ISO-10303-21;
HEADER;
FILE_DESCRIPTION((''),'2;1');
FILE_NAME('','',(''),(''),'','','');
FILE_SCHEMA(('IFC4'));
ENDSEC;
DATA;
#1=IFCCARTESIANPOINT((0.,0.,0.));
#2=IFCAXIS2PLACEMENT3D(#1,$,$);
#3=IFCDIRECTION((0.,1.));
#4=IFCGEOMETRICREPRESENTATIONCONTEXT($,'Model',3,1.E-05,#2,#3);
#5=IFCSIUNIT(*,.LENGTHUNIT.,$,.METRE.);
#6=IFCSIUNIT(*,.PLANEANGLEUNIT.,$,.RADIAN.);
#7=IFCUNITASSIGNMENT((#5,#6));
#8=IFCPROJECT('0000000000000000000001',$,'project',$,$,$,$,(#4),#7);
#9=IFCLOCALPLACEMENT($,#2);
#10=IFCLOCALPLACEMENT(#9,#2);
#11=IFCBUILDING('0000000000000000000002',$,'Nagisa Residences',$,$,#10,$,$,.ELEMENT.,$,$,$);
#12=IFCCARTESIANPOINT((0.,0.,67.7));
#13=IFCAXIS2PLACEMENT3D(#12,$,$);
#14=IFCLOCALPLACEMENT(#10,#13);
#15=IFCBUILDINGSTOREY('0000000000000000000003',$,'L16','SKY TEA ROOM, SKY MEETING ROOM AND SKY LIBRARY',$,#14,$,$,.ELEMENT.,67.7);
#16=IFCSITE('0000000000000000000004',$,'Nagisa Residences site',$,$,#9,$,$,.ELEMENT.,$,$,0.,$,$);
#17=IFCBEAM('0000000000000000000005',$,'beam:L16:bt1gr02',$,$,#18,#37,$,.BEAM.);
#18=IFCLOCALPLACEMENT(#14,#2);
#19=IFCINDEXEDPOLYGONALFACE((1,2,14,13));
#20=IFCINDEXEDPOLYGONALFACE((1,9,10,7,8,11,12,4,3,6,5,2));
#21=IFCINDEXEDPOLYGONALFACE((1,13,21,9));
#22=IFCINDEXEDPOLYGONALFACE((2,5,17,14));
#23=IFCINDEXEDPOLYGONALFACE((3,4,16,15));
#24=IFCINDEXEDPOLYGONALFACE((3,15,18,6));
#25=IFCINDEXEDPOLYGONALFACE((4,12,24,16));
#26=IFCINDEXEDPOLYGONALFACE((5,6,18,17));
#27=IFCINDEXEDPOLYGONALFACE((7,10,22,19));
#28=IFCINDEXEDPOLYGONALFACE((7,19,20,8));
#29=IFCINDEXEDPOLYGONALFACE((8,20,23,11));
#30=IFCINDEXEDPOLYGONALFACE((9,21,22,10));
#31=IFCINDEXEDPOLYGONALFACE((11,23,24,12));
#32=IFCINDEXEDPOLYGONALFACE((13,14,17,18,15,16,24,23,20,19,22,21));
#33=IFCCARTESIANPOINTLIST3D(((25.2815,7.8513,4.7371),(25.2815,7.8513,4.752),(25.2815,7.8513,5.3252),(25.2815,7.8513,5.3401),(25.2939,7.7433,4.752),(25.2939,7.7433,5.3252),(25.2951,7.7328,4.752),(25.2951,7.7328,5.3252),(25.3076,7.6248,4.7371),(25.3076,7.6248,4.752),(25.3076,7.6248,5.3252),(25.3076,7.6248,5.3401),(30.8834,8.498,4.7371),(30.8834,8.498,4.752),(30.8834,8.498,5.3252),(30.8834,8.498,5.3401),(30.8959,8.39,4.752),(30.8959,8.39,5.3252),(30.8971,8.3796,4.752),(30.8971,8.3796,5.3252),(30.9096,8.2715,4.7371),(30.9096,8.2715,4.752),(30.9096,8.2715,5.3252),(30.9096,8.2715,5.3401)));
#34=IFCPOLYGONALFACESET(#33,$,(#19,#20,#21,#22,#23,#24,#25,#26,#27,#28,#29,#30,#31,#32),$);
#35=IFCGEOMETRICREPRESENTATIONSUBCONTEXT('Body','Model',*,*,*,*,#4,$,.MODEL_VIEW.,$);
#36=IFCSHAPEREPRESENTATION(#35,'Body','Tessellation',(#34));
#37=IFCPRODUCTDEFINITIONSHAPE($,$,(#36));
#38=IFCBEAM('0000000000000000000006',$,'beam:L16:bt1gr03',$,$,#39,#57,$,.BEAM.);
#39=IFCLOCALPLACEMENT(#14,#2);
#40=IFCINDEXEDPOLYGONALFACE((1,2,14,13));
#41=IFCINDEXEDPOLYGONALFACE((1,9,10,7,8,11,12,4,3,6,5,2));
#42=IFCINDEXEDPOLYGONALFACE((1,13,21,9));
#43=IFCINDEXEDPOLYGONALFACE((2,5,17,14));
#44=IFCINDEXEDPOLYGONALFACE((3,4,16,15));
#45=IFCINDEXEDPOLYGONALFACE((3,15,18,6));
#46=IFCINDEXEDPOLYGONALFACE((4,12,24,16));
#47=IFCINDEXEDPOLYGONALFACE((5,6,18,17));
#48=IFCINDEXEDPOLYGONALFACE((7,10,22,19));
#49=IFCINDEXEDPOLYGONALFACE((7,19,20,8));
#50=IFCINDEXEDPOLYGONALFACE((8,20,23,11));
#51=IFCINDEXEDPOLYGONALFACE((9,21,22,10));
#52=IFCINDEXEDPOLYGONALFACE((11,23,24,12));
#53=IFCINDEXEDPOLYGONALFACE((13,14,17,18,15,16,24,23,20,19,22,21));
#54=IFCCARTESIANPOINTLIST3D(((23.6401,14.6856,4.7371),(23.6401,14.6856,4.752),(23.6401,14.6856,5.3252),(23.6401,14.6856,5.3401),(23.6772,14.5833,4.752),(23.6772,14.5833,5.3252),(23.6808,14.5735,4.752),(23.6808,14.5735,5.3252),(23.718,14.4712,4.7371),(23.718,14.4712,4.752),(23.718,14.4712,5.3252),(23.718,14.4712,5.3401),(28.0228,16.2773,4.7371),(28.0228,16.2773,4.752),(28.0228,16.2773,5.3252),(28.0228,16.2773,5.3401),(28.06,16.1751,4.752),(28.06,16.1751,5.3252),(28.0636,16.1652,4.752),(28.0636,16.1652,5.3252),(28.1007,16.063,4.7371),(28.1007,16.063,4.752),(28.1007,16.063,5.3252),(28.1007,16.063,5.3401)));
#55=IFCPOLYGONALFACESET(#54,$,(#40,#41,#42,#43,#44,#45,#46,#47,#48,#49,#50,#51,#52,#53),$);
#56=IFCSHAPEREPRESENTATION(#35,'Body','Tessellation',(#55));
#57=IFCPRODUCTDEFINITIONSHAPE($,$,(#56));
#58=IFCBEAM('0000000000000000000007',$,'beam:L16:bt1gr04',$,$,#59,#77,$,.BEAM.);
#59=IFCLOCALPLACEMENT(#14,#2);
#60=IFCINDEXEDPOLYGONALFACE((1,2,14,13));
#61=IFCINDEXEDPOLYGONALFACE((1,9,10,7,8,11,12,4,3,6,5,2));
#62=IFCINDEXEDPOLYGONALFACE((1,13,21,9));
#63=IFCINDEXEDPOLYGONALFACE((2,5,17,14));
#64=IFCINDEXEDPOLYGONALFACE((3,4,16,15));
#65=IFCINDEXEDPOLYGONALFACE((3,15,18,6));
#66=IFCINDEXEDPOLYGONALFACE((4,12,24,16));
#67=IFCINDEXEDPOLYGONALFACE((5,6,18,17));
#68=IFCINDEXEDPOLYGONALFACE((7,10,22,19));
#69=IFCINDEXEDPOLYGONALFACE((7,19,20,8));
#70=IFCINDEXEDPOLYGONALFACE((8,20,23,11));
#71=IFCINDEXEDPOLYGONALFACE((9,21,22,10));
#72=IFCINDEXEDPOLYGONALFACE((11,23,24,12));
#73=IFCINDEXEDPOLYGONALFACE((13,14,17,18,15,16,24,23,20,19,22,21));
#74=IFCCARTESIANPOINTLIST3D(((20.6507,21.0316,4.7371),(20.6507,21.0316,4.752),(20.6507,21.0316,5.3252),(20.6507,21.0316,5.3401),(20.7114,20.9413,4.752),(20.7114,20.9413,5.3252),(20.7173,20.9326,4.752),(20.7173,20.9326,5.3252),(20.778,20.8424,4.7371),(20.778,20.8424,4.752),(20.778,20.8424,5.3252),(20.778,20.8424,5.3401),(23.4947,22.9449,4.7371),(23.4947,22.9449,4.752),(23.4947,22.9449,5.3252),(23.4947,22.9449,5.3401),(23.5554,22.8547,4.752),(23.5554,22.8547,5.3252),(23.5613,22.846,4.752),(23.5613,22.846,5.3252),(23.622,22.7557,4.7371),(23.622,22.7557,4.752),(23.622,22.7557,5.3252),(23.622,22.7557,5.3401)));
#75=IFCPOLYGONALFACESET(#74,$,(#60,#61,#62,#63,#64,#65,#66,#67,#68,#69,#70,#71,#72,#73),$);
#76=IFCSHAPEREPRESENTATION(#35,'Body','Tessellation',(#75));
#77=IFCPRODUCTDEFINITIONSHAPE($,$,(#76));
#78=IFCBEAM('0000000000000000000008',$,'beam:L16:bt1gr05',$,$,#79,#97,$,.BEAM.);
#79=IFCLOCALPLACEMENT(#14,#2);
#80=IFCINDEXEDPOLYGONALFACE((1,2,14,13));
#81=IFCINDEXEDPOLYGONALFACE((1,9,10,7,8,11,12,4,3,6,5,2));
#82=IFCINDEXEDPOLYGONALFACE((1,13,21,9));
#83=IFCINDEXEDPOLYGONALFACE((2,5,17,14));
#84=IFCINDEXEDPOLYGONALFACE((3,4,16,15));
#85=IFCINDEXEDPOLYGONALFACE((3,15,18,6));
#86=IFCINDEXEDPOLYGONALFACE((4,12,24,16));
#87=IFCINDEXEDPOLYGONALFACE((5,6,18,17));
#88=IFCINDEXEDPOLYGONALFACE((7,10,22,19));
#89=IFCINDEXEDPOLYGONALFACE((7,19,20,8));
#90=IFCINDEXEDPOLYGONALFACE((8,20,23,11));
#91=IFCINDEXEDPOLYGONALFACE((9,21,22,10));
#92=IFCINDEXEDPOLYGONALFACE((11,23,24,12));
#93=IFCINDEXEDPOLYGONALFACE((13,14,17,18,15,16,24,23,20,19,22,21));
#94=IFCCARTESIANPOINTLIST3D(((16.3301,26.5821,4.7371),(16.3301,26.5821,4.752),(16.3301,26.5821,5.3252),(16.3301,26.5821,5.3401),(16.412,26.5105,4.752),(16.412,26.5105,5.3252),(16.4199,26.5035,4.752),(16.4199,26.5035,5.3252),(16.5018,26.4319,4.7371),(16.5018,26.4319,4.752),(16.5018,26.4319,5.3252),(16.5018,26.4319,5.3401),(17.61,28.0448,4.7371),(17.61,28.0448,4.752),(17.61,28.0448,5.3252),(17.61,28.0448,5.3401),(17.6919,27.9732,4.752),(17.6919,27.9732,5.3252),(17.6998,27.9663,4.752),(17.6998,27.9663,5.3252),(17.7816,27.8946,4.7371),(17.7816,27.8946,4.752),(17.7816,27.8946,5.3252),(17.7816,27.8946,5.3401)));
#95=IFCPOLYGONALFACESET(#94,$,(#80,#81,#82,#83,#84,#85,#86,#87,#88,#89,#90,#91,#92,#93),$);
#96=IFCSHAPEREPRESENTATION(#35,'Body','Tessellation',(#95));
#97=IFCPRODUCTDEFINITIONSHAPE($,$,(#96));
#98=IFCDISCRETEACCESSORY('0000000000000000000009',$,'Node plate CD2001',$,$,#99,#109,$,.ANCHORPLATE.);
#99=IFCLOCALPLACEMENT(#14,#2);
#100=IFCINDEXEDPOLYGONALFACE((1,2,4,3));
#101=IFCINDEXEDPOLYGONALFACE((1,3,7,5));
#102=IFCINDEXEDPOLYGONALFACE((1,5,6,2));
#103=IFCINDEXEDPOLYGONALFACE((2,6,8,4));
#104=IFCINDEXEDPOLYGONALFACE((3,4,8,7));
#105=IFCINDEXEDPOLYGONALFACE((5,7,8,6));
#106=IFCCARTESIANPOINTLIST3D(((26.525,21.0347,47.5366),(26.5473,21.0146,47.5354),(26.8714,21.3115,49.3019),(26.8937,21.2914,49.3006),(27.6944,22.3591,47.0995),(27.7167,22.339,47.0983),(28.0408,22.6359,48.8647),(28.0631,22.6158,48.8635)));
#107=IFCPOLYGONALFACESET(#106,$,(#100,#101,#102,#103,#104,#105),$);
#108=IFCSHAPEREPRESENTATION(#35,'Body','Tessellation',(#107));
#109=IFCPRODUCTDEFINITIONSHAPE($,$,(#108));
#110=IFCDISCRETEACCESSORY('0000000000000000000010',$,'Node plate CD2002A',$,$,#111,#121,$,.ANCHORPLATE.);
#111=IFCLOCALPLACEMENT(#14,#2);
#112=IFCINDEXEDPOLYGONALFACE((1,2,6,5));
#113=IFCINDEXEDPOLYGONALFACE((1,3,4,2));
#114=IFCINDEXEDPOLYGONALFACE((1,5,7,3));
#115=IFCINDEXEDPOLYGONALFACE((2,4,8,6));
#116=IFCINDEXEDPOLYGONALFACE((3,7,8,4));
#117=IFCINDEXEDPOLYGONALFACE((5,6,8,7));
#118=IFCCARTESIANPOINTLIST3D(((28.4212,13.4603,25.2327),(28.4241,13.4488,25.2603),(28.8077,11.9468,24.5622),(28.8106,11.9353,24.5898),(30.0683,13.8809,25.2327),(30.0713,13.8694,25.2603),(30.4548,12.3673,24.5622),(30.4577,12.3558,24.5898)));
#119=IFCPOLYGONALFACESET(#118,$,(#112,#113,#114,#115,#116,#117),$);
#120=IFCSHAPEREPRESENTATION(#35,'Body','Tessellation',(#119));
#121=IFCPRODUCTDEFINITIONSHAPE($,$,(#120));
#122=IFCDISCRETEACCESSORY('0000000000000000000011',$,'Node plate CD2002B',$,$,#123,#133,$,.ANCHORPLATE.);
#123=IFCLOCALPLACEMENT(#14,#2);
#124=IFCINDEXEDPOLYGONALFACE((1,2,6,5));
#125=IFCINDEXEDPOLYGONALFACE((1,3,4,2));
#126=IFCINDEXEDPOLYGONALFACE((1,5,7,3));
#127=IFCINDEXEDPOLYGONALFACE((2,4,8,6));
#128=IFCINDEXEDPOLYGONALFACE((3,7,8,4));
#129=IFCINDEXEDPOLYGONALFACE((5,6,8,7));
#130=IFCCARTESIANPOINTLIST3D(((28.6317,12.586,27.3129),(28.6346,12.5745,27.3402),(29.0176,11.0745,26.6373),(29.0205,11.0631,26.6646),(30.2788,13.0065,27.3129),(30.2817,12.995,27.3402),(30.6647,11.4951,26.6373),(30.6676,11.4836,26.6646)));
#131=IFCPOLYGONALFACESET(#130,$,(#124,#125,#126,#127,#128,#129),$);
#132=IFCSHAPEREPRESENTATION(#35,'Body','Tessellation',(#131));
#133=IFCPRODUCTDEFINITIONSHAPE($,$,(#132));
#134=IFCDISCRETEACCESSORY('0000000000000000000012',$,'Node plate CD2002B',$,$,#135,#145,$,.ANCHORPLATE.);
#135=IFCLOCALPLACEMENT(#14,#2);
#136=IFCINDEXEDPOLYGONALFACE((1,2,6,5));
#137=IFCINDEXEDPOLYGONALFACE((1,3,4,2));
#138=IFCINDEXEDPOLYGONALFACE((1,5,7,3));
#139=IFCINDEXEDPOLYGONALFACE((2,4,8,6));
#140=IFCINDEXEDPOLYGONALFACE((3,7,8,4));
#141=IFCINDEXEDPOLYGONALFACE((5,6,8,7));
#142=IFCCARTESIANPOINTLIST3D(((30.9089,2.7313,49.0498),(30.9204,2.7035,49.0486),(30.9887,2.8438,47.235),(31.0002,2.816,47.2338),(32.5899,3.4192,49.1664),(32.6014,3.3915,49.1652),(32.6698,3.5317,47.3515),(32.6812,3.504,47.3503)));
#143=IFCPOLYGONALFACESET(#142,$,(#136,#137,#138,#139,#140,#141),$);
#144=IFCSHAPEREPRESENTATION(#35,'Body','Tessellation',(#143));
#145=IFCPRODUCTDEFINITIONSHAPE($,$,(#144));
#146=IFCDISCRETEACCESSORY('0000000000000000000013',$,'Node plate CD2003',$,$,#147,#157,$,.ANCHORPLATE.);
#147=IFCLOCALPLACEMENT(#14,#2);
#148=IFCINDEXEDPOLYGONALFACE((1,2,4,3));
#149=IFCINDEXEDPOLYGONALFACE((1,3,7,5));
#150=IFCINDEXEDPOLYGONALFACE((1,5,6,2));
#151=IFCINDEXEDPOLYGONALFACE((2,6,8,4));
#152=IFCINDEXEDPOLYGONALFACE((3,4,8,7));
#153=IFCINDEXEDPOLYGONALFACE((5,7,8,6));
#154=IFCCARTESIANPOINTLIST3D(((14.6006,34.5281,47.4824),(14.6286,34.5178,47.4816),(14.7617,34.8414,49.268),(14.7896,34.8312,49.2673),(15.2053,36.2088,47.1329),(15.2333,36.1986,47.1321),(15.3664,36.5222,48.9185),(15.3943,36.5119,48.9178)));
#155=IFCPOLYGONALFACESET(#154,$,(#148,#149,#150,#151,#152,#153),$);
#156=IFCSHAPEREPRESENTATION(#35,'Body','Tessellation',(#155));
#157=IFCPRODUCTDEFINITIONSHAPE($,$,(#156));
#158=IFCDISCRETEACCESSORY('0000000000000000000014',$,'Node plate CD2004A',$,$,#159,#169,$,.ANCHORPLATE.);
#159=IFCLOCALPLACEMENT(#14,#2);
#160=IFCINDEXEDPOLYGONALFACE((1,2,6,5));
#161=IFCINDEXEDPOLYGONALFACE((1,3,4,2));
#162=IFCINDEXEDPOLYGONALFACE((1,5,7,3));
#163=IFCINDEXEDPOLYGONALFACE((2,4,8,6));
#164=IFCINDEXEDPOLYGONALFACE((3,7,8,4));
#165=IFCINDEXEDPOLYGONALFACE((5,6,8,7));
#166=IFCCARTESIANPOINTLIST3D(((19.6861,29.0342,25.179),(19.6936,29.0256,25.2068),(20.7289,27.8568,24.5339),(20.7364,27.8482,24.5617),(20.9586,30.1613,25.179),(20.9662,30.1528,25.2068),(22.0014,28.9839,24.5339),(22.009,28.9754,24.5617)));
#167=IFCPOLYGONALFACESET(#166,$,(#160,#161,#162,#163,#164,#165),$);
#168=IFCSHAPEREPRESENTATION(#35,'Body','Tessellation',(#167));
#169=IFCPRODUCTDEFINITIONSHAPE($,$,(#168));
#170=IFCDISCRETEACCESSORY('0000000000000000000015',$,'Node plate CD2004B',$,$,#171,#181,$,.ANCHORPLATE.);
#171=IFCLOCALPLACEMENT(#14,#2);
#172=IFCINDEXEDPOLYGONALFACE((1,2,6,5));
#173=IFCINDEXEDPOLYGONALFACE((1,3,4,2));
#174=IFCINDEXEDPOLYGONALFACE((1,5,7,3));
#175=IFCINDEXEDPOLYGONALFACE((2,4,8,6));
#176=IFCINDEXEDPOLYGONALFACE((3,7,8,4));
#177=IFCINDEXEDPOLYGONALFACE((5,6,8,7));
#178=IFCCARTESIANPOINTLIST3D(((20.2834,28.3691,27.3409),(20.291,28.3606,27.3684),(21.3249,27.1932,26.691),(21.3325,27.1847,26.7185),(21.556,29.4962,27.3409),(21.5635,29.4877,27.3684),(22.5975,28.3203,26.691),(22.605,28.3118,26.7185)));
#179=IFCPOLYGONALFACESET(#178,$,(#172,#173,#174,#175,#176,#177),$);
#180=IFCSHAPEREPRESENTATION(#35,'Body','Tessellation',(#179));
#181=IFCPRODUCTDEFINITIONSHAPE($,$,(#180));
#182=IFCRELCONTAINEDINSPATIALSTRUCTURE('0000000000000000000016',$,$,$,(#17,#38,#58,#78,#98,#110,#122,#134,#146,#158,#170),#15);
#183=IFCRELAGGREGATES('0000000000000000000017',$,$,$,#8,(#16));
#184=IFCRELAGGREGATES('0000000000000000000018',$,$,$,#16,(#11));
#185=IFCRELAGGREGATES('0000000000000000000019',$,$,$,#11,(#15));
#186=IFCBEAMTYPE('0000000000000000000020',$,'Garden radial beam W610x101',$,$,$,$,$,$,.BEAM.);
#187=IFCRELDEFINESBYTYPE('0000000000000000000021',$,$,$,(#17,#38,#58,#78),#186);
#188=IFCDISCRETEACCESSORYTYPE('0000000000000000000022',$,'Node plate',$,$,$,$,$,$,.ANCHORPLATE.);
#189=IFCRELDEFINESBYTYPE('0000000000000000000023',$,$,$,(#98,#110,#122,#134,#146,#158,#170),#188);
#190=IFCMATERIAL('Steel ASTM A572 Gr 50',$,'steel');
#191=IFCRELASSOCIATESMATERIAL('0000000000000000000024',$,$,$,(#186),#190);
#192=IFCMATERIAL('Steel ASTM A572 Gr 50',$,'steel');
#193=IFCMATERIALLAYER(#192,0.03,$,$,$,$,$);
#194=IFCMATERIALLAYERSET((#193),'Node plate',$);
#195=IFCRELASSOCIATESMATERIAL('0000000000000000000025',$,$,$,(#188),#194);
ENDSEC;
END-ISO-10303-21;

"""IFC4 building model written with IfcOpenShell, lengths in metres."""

from ifc_helpers import new_model, si_unit, direction, frame, origin, origin_2d, place, context, subcontext, project, spatial, rectangle, i_section, extrude, material, layer, layer_set, material_profile, profile_set, type_object, element, save


model = new_model("IFC4")

# Units and contexts
model_context = context("Model", 3, precision=1e-05, world=origin(), true_north=direction((0.0, 1.0)))
body_context = subcontext(model_context, "Body", "Model", "MODEL_VIEW")
ifc_project = project(units=[si_unit("LENGTHUNIT", "METRE"), si_unit("PLANEANGLEUNIT", "RADIAN")], contexts=[model_context])

# Site, building, storey
site_placement = place(None, origin())
site = spatial("IfcSite", under=ifc_project, at=site_placement, Name="Nagisa Residences site", CompositionType="ELEMENT", RefElevation=0.0)
building_placement = place(site_placement, origin())
building = spatial("IfcBuilding", under=site, at=building_placement, Name="Nagisa Residences", CompositionType="ELEMENT")
storey_placement = place(building_placement, frame((0.0, 0.0, 67.7)))
storey = spatial("IfcBuildingStorey", under=building, at=storey_placement, Name="L16", Description="SKY TEA ROOM, SKY MEETING ROOM AND SKY LIBRARY", CompositionType="ELEMENT", Elevation=67.7)

# Beams
ifc_material_1 = material(Name="Steel ASTM A572 Gr 50", Category="steel")
ifc_material_profile_1 = material_profile(ifc_material_1, i_section(OverallWidth=0.228, OverallDepth=0.603, WebThickness=0.0105, FlangeThickness=0.0149, at=origin_2d()), Name="W610x101")
ifc_profile_set_1 = profile_set([ifc_material_profile_1], Name="Steel ASTM A572 Gr 50")
beam_type_1 = type_object("IfcBeamType", Name="Garden radial beam W610x101", PredefinedType="BEAM", material=ifc_profile_set_1)
beam_1_placement = place(storey_placement, frame((30.8965, 8.3848, 5.0386), z_axis=(-0.993402, -0.114683, 0.0), x_axis=(0.114683, -0.993402, 0.0)))
element("IfcBeam", 1, at=beam_1_placement, inside=storey, type_object=beam_type_1, Name="beam:L16:bt1gr02", PredefinedType="BEAM", context=body_context, shape_type="SweptSolid", body=[
    extrude(i_section(OverallWidth=0.228, OverallDepth=0.603, WebThickness=0.0105, FlangeThickness=0.0149, at=origin_2d()), origin(), (0.0, 0.0, 1.0), 5.6392),
])
beam_2_placement = place(storey_placement, frame((28.0618, 16.1702, 5.0386), z_axis=(-0.939928, -0.341373, 0.0), x_axis=(0.341373, -0.939928, 0.0)))
element("IfcBeam", 2, at=beam_2_placement, inside=storey, type_object=beam_type_1, Name="beam:L16:bt1gr03", PredefinedType="BEAM", context=body_context, shape_type="SweptSolid", body=[
    extrude(i_section(OverallWidth=0.228, OverallDepth=0.603, WebThickness=0.0105, FlangeThickness=0.0149, at=origin_2d()), origin(), (0.0, 0.0, 1.0), 4.6628),
])
beam_3_placement = place(storey_placement, frame((23.5583, 22.8503, 5.0386), z_axis=(-0.829709, -0.558196, 0.0), x_axis=(0.558196, -0.829709, 0.0)))
element("IfcBeam", 3, at=beam_3_placement, inside=storey, type_object=beam_type_1, Name="beam:L16:bt1gr04", PredefinedType="BEAM", context=body_context, shape_type="SweptSolid", body=[
    extrude(i_section(OverallWidth=0.228, OverallDepth=0.603, WebThickness=0.0105, FlangeThickness=0.0149, at=origin_2d()), origin(), (0.0, 0.0, 1.0), 3.4277),
])
beam_4_placement = place(storey_placement, frame((17.6958, 27.9697, 5.0386), z_axis=(-0.658496, -0.752584, 0.0), x_axis=(0.752584, -0.658496, 0.0)))
element("IfcBeam", 4, at=beam_4_placement, inside=storey, type_object=beam_type_1, Name="beam:L16:bt1gr05", PredefinedType="BEAM", context=body_context, shape_type="SweptSolid", body=[
    extrude(i_section(OverallWidth=0.228, OverallDepth=0.603, WebThickness=0.0105, FlangeThickness=0.0149, at=origin_2d()), origin(), (0.0, 0.0, 1.0), 1.9436),
])

# Discrete accessories
ifc_material_2 = material(Name="Steel ASTM A572 Gr 50", Category="steel")
ifc_layer = layer(ifc_material_2, 0.03)
ifc_layer_set = layer_set([ifc_layer], Name="Node plate")
discrete_accessory_type = type_object("IfcDiscreteAccessoryType", Name="Node plate", PredefinedType="ANCHORPLATE", material=ifc_layer_set)
discrete_accessory_1_placement = place(storey_placement, frame((27.3052, 21.8152, 48.1995), z_axis=(-0.74227, 0.668859, 0.040784), x_axis=(-0.190319, -0.152069, -0.969873)))
element("IfcDiscreteAccessory", 5, at=discrete_accessory_1_placement, inside=storey, type_object=discrete_accessory_type, Name="Node plate CD2001", PredefinedType="ANCHORPLATE", context=body_context, shape_type="SweptSolid", body=[
    extrude(rectangle(XDim=1.8201, YDim=1.8201, at=origin_2d()), origin(), (0.0, 0.0, 1.0), 0.03),
])
discrete_accessory_2_placement = place(storey_placement, frame((29.438, 12.9138, 24.8975), z_axis=(0.097584, -0.382202, 0.918912), x_axis=(0.968918, 0.247383, 0.0)))
element("IfcDiscreteAccessory", 6, at=discrete_accessory_2_placement, inside=storey, type_object=discrete_accessory_type, Name="Node plate CD2002A", PredefinedType="ANCHORPLATE", context=body_context, shape_type="SweptSolid", body=[
    extrude(rectangle(XDim=1.7, YDim=1.7, at=origin_2d()), origin(), (0.0, 0.0, 1.0), 0.03),
])
discrete_accessory_3_placement = place(storey_placement, frame((29.6511, 12.0291, 27.0024), z_axis=(-0.098318, 0.385078, -0.917632), x_axis=(-0.968918, -0.247383, 0.0)))
element("IfcDiscreteAccessory", 7, at=discrete_accessory_3_placement, inside=storey, type_object=discrete_accessory_type, Name="Node plate CD2002B", PredefinedType="ANCHORPLATE", context=body_context, shape_type="SweptSolid", body=[
    extrude(rectangle(XDim=1.7, YDim=1.7, at=origin_2d()), origin(), (0.0, 0.0, 1.0), 0.0298),
])
discrete_accessory_4_placement = place(storey_placement, frame((31.8008, 3.1038, 48.1995), z_axis=(-0.380845, 0.923751, 0.040515), x_axis=(0.04385, 0.061812, -0.997124)))
element("IfcDiscreteAccessory", 8, at=discrete_accessory_4_placement, inside=storey, type_object=discrete_accessory_type, Name="Node plate CD2002B", PredefinedType="ANCHORPLATE", context=body_context, shape_type="SweptSolid", body=[
    extrude(rectangle(XDim=1.8201, YDim=1.8201, at=origin_2d()), origin(), (0.0, 0.0, 1.0), 0.03),
])
discrete_accessory_5_placement = place(storey_placement, frame((15.0115, 35.5149, 48.1997), z_axis=(-0.939034, 0.342951, 0.024497), x_axis=(-0.088478, -0.172183, -0.981083)))
element("IfcDiscreteAccessory", 9, at=discrete_accessory_5_placement, inside=storey, type_object=discrete_accessory_type, Name="Node plate CD2003", PredefinedType="ANCHORPLATE", context=body_context, shape_type="SweptSolid", body=[
    extrude(rectangle(XDim=1.8201, YDim=1.8201, at=origin_2d()), origin(), (0.0, 0.0, 1.0), 0.0298),
])
discrete_accessory_6_placement = place(storey_placement, frame((20.8438, 29.009, 24.8564), z_axis=(0.251592, -0.284056, 0.92521), x_axis=(0.748588, 0.663035, 0.0)))
element("IfcDiscreteAccessory", 10, at=discrete_accessory_6_placement, inside=storey, type_object=discrete_accessory_type, Name="Node plate CD2004A", PredefinedType="ANCHORPLATE", context=body_context, shape_type="SweptSolid", body=[
    extrude(rectangle(XDim=1.7, YDim=1.7, at=origin_2d()), origin(), (0.0, 0.0, 1.0), 0.03),
])
discrete_accessory_7_placement = place(storey_placement, frame((21.448, 28.3362, 27.0435), z_axis=(-0.253494, 0.286203, -0.924028), x_axis=(-0.748588, -0.663035, 0.0)))
element("IfcDiscreteAccessory", 11, at=discrete_accessory_7_placement, inside=storey, type_object=discrete_accessory_type, Name="Node plate CD2004B", PredefinedType="ANCHORPLATE", context=body_context, shape_type="SweptSolid", body=[
    extrude(rectangle(XDim=1.7, YDim=1.7, at=origin_2d()), origin(), (0.0, 0.0, 1.0), 0.0298),
])

save(model, "model.ifc")
